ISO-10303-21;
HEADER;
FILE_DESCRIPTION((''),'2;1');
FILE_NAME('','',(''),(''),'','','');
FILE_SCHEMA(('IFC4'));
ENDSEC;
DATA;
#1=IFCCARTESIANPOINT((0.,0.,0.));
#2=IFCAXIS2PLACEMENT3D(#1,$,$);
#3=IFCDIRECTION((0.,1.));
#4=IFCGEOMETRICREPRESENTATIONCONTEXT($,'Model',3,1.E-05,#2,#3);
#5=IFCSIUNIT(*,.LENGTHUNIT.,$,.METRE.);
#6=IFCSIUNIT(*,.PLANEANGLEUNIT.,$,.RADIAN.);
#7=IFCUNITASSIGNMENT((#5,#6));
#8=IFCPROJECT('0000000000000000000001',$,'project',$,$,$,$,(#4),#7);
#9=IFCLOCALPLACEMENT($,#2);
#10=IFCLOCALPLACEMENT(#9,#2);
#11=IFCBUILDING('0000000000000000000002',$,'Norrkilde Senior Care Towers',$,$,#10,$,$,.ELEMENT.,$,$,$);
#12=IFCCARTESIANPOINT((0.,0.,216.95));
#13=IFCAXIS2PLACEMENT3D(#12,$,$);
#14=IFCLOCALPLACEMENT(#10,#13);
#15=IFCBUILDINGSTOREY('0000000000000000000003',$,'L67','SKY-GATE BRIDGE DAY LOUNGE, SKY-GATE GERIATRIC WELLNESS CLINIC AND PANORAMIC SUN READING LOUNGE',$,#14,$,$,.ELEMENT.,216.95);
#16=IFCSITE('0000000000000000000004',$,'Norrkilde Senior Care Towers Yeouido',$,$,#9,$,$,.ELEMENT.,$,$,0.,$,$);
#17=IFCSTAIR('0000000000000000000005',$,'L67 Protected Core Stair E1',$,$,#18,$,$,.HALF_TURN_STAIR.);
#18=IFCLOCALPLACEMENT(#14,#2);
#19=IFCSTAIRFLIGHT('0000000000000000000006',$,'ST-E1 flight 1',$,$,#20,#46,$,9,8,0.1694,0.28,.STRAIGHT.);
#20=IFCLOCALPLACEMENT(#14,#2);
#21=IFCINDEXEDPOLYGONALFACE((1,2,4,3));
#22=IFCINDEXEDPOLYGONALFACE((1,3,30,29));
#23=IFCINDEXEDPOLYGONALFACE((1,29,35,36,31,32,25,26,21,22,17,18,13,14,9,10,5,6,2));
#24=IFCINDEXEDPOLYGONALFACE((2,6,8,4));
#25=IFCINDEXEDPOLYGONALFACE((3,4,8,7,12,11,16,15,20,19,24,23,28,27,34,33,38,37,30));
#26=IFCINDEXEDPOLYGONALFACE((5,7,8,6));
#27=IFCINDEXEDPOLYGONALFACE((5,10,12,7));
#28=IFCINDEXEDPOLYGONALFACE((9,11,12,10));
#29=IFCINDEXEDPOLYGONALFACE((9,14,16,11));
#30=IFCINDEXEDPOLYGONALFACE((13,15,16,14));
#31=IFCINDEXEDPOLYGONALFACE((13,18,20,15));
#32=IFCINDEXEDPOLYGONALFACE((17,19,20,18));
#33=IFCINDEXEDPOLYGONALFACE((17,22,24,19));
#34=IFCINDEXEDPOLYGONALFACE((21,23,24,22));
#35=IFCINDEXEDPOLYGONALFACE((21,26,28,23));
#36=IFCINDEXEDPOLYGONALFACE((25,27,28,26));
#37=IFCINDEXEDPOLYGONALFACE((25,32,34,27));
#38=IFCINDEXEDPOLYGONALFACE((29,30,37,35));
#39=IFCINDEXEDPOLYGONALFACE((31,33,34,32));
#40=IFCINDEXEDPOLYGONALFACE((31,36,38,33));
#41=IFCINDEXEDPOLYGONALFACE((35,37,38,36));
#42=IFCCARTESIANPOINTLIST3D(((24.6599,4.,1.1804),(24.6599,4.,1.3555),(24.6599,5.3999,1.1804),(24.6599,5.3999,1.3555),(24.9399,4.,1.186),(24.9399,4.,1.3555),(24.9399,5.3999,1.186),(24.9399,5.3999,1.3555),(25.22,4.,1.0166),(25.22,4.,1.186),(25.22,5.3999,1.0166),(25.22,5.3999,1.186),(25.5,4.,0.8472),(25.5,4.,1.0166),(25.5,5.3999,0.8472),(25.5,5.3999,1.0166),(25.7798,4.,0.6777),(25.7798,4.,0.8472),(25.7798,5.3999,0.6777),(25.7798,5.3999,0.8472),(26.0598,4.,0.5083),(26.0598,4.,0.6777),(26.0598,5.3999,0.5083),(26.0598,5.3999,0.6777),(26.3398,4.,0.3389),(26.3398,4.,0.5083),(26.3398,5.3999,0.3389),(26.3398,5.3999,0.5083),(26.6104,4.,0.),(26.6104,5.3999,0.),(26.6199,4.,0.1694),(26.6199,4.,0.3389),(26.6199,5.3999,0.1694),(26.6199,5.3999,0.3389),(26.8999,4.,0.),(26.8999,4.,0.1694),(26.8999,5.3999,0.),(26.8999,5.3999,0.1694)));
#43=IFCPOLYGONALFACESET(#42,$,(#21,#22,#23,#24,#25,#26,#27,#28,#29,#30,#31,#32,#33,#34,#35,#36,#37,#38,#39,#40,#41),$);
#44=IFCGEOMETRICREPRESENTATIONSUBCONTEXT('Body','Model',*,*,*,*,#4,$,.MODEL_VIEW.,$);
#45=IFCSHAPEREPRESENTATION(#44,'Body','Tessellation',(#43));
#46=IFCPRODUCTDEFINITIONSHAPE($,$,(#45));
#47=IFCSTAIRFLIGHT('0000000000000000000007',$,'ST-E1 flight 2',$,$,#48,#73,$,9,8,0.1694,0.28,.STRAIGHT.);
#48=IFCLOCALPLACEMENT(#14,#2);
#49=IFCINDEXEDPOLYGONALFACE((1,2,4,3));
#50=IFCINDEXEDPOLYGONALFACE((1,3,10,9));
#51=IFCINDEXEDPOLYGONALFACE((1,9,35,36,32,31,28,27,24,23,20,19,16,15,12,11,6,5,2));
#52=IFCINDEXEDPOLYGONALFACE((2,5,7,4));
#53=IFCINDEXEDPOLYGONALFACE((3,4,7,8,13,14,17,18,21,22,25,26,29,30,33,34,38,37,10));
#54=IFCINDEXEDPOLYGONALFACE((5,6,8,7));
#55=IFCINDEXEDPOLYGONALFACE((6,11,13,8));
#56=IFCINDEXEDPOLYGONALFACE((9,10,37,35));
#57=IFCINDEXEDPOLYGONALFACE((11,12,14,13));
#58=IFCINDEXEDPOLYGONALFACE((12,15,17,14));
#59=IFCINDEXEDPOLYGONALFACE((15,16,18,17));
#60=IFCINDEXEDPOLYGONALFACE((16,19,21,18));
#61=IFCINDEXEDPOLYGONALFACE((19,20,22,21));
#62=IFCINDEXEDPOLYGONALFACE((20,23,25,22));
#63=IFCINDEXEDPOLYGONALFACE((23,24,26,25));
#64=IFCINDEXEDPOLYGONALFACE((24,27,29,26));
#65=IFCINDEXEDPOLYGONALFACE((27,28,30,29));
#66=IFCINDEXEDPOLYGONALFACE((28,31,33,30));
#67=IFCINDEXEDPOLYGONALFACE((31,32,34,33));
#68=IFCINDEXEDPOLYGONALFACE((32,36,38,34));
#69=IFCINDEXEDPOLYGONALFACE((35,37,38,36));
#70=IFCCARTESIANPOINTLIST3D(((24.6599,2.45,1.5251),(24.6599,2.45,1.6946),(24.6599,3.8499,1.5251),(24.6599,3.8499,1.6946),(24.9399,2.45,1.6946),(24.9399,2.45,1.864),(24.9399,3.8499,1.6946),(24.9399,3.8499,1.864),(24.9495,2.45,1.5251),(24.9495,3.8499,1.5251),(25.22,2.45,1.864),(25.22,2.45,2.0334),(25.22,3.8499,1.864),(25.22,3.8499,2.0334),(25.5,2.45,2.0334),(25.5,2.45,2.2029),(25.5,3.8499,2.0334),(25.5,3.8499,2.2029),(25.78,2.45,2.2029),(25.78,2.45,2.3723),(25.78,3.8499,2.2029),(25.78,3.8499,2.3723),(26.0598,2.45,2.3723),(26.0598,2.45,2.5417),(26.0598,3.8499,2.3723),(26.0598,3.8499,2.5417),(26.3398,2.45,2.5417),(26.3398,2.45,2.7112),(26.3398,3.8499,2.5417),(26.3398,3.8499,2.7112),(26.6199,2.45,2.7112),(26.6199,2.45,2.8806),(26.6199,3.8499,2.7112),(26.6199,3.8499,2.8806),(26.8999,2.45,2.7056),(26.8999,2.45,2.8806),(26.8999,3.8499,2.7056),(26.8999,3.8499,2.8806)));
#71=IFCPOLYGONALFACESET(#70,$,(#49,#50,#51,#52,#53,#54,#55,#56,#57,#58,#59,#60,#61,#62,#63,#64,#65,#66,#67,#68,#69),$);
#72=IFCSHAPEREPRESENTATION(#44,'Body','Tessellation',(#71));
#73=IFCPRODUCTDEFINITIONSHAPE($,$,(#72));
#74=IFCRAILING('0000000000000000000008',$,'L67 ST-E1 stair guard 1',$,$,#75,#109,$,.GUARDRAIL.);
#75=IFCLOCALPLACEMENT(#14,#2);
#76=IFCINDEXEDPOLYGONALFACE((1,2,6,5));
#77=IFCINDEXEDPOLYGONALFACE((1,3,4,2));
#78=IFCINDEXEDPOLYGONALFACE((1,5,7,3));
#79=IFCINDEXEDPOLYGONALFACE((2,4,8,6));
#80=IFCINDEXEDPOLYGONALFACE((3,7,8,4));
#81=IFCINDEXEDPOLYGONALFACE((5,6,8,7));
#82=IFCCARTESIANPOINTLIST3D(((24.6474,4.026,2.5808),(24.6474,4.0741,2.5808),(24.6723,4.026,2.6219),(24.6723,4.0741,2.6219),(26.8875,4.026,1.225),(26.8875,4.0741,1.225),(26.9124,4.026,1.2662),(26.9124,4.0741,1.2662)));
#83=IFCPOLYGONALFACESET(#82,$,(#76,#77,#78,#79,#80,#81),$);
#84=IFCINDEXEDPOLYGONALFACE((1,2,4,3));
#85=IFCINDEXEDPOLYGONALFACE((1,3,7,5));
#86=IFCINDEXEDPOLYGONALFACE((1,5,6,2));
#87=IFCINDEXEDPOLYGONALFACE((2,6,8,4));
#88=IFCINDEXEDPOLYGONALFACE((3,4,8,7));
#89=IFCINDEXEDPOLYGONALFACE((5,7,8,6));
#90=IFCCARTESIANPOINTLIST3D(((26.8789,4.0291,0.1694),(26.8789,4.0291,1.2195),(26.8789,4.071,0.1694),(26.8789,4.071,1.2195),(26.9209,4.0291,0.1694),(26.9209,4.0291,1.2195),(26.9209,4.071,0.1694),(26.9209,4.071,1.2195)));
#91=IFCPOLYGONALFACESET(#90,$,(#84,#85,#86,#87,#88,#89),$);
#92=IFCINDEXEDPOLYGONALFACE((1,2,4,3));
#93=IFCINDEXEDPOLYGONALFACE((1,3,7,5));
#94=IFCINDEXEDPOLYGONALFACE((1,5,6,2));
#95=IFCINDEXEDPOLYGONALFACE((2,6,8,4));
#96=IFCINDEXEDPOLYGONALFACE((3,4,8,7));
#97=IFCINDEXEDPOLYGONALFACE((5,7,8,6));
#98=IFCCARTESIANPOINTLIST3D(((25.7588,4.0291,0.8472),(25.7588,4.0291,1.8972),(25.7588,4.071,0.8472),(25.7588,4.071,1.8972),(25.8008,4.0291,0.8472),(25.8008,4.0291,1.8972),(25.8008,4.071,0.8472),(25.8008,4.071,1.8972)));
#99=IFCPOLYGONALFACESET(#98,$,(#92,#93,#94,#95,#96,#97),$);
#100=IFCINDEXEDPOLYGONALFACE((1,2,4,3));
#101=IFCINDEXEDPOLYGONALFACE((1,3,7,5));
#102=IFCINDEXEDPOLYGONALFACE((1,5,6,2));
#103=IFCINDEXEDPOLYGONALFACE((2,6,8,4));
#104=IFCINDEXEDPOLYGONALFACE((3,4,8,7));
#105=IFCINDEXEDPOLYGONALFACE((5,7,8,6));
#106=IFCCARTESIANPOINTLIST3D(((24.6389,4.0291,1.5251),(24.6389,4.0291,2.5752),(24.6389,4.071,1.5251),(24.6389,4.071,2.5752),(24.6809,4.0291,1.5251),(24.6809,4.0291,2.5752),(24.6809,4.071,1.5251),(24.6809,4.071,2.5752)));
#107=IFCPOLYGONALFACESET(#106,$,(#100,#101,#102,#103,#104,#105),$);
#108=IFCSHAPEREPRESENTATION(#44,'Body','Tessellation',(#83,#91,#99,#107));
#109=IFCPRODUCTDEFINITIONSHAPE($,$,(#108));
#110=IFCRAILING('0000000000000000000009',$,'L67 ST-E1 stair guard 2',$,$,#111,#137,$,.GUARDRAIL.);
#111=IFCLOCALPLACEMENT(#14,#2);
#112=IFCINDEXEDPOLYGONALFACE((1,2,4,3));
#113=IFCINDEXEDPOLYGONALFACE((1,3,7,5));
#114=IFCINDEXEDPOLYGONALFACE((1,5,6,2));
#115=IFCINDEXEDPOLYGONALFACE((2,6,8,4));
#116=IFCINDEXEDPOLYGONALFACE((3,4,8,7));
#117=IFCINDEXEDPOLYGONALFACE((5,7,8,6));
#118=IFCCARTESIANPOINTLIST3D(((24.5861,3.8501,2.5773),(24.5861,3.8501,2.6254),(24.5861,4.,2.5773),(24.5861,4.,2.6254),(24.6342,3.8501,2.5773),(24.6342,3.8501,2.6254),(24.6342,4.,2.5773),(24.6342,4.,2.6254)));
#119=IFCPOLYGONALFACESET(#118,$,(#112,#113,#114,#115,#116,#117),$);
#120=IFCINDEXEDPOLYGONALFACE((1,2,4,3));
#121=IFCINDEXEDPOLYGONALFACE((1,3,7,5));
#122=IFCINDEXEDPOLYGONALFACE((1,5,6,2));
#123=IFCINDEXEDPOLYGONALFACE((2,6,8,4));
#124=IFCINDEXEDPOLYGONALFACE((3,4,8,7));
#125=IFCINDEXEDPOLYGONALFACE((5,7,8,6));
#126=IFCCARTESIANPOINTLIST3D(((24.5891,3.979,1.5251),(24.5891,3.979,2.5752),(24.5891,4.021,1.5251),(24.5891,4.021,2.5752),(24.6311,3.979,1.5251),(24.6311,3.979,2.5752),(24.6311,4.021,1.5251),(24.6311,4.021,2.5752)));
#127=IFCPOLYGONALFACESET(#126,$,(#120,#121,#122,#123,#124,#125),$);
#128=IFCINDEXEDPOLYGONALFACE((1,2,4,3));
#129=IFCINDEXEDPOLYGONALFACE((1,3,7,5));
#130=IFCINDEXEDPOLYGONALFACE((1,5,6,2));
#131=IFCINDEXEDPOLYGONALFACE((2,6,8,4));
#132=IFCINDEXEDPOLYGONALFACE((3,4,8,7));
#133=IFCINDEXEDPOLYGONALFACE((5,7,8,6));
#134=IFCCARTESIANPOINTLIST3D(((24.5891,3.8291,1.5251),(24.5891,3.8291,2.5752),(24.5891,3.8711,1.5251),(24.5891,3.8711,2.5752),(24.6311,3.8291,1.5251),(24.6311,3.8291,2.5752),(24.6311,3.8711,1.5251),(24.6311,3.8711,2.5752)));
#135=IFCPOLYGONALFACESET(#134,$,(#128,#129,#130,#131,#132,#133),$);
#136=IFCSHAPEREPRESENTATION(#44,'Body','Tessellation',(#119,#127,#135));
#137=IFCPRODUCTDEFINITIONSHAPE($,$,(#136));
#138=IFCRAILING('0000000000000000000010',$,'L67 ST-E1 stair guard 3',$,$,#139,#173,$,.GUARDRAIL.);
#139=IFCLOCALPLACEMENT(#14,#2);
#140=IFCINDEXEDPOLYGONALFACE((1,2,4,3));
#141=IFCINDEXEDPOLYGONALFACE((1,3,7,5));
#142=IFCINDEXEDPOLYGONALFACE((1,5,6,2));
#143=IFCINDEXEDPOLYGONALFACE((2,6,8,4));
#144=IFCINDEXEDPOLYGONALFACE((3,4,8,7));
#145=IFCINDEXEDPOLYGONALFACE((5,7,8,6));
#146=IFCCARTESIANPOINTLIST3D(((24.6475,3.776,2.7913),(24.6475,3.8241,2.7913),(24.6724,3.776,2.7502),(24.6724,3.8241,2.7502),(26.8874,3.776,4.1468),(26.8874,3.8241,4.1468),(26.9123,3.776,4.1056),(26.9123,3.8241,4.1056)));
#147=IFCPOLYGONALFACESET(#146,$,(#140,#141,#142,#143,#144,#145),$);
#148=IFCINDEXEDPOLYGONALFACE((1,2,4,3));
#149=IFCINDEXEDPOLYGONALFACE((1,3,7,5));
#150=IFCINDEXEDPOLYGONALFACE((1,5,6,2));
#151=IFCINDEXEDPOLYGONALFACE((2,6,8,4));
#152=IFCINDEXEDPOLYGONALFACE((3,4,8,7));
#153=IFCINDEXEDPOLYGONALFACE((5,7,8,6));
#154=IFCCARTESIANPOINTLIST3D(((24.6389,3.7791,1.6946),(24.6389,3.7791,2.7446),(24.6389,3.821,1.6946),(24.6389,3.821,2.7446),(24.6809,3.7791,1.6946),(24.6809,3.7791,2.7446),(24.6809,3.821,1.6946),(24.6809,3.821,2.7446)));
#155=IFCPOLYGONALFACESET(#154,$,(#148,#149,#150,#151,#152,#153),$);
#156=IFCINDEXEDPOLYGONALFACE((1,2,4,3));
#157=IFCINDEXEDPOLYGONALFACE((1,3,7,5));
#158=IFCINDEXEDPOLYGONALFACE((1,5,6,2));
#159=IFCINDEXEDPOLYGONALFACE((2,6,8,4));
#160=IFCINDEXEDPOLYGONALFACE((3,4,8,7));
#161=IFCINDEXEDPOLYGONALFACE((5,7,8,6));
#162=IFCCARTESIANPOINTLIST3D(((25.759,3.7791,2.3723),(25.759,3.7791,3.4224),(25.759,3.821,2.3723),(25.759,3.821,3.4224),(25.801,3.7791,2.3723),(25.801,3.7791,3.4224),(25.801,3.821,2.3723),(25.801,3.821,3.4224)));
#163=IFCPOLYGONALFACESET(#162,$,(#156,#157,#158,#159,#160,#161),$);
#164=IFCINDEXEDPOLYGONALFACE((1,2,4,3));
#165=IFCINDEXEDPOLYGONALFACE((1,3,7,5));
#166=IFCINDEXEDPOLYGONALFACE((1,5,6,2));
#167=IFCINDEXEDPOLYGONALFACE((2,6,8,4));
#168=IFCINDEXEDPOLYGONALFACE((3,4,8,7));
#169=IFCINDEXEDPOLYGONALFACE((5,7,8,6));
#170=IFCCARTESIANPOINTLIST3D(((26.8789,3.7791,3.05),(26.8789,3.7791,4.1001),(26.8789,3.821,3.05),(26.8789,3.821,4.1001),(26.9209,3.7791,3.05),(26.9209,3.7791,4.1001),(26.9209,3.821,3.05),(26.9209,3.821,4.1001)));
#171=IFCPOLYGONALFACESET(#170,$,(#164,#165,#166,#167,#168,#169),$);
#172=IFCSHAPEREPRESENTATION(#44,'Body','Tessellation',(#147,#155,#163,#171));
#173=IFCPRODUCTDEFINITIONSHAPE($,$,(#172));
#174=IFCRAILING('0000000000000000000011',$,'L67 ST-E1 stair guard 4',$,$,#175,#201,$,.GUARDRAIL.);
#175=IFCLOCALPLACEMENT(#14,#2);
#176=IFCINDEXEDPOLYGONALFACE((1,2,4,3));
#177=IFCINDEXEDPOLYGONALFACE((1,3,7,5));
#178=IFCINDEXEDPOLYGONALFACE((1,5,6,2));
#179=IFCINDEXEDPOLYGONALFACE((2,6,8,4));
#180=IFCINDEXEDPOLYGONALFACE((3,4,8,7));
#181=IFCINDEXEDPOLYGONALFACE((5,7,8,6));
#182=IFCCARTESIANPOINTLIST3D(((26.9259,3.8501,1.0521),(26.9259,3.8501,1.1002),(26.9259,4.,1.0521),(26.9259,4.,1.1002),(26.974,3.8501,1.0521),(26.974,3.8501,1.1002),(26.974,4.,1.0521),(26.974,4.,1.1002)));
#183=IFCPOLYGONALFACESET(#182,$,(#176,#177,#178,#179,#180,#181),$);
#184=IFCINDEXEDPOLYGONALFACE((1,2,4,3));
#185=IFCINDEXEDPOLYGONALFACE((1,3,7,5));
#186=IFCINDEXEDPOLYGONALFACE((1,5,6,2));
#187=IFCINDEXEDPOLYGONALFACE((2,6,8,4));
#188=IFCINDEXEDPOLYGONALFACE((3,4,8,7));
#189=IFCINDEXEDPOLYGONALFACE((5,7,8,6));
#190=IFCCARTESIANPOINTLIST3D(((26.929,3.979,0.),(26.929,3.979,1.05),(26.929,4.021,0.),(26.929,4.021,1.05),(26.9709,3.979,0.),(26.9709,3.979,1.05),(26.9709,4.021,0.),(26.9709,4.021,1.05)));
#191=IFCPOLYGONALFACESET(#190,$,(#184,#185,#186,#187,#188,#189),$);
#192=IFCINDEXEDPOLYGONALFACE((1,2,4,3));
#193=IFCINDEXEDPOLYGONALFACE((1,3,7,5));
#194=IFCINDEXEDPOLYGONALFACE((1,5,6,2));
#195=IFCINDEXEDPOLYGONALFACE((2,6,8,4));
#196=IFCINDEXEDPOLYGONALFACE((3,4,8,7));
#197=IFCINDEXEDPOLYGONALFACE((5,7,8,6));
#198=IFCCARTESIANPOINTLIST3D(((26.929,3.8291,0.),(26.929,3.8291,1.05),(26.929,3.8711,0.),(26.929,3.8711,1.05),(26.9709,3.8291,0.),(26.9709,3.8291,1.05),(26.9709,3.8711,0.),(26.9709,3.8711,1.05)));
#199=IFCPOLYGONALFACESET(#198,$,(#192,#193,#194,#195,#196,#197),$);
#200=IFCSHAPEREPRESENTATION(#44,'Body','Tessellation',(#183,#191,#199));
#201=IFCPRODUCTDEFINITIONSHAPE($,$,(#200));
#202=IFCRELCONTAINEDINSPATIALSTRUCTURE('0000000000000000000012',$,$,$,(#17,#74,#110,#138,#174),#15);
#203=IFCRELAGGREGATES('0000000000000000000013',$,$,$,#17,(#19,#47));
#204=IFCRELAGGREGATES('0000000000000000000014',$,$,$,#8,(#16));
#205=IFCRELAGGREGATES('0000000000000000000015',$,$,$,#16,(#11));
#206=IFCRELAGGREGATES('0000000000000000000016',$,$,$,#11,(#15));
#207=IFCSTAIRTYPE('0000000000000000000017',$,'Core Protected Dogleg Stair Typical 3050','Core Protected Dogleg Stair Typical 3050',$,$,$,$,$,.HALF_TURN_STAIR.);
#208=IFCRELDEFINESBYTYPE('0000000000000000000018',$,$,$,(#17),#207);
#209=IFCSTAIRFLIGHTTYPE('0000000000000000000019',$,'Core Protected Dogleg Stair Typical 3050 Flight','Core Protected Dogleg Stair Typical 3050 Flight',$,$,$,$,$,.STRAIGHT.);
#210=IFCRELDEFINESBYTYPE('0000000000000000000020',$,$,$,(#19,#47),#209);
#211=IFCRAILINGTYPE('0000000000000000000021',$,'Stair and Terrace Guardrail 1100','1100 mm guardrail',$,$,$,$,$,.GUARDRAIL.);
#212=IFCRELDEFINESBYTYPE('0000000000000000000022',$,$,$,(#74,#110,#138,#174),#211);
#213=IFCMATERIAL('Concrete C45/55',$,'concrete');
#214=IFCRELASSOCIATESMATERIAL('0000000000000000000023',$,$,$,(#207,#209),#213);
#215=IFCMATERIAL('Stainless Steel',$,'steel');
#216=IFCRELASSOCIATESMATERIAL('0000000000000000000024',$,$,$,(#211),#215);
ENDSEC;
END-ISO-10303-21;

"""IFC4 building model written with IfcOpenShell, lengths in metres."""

from ifc_helpers import new_model, si_unit, direction, frame, origin, origin_2d, place, context, subcontext, project, spatial, polyline, rectangle, outline, extrude, material, type_object, element, aggregate, save


model = new_model("IFC4")

# Units and contexts
model_context = context("Model", 3, precision=1e-05, world=origin(), true_north=direction((0.0, 1.0)))
body_context = subcontext(model_context, "Body", "Model", "MODEL_VIEW")
ifc_project = project(units=[si_unit("LENGTHUNIT", "METRE"), si_unit("PLANEANGLEUNIT", "RADIAN")], contexts=[model_context])

# Site, building, storey
site_placement = place(None, origin())
site = spatial("IfcSite", under=ifc_project, at=site_placement, Name="Norrkilde Senior Care Towers Yeouido", CompositionType="ELEMENT", RefElevation=0.0)
building_placement = place(site_placement, origin())
building = spatial("IfcBuilding", under=site, at=building_placement, Name="Norrkilde Senior Care Towers", CompositionType="ELEMENT")
storey_placement = place(building_placement, frame((0.0, 0.0, 216.95)))
storey = spatial("IfcBuildingStorey", under=building, at=storey_placement, Name="L67", Description="SKY-GATE BRIDGE DAY LOUNGE, SKY-GATE GERIATRIC WELLNESS CLINIC AND PANORAMIC SUN READING LOUNGE", CompositionType="ELEMENT", Elevation=216.95)

# Shared definitions
ifc_material_1 = material(Name="Concrete C45/55", Category="concrete")

# Shared definitions
ifc_material_2 = material(Name="Stainless Steel", Category="steel")

# Stair, stair flights
stair_type = type_object("IfcStairType", Name="Core Protected Dogleg Stair Typical 3050", Description="Core Protected Dogleg Stair Typical 3050", PredefinedType="HALF_TURN_STAIR", material=ifc_material_1)
stair_placement = place(storey_placement, origin())
stair = element("IfcStair", 1, at=stair_placement, inside=storey, type_object=stair_type, Name="L67 Protected Core Stair E1", PredefinedType="HALF_TURN_STAIR")
stair_flight_type = type_object("IfcStairFlightType", Name="Core Protected Dogleg Stair Typical 3050 Flight", Description="Core Protected Dogleg Stair Typical 3050 Flight", PredefinedType="STRAIGHT", material=ifc_material_1)
stair_flight_1_placement = place(storey_placement, frame((26.8999, 4.7, 0.0), z_axis=(0.0, 0.0, 1.0), x_axis=(-1.0, 0.0, 0.0)))
stair_flight_1 = element("IfcStairFlight", 2, at=stair_flight_1_placement, type_object=stair_flight_type, Name="ST-E1 flight 1", NumberOfRisers=9, NumberOfTreads=8, PredefinedType="STRAIGHT", RiserHeight=0.1694, TreadLength=0.28, context=body_context, shape_type="SweptSolid", body=[
    extrude(outline(polyline([(0.0, 0.0), (0.0, 0.1694), (0.28, 0.1694), (0.28, 0.3389), (0.5601, 0.3389), (0.5601, 0.5083), (0.8401, 0.5083), (0.8401, 0.6777), (1.1201, 0.6777), (1.1201, 0.8472), (1.3999, 0.8472), (1.3999, 1.0166), (1.6799, 1.0166), (1.6799, 1.186), (1.96, 1.186), (1.96, 1.3555), (2.24, 1.3555), (2.24, 1.5249), (2.24, 1.1804), (0.2896, 0.0), (0.0, 0.0)])), frame((0.0, 0.7, 0.0), z_axis=(0.0, -1.0, 0.0), x_axis=(1.0, 0.0, 0.0)), (0.0, 0.0, 1.0), 1.3999),
])
stair_flight_2_placement = place(storey_placement, frame((24.6599, 3.1499, 1.5251), z_axis=(0.0, 0.0, 1.0), x_axis=(1.0, 0.0, 0.0)))
stair_flight_2 = element("IfcStairFlight", 3, at=stair_flight_2_placement, type_object=stair_flight_type, Name="ST-E1 flight 2", NumberOfRisers=9, NumberOfTreads=8, PredefinedType="STRAIGHT", RiserHeight=0.1694, TreadLength=0.28, context=body_context, shape_type="SweptSolid", body=[
    extrude(outline(polyline([(0.0, 0.0), (0.0, 0.1694), (0.28, 0.1694), (0.28, 0.3389), (0.5601, 0.3389), (0.5601, 0.5083), (0.8401, 0.5083), (0.8401, 0.6777), (1.1201, 0.6777), (1.1201, 0.8472), (1.3999, 0.8472), (1.3999, 1.0166), (1.6799, 1.0166), (1.6799, 1.186), (1.96, 1.186), (1.96, 1.3555), (2.24, 1.3555), (2.24, 1.5249), (2.24, 1.1804), (0.2896, 0.0), (0.0, 0.0)])), frame((0.0, 0.7, 0.0), z_axis=(0.0, -1.0, 0.0), x_axis=(1.0, 0.0, 0.0)), (0.0, 0.0, 1.0), 1.3999),
])
aggregate(stair, [stair_flight_1, stair_flight_2])

# Railings
railing_type_1 = type_object("IfcRailingType", Name="Stair and Terrace Guardrail 1100", Description="1100 mm guardrail", PredefinedType="GUARDRAIL", material=ifc_material_2)
railing_1_placement = place(storey_placement, frame((26.8999, 4.05, 0.1694)))
element("IfcRailing", 4, at=railing_1_placement, inside=storey, type_object=railing_type_1, Name="L67 ST-E1 stair guard 1", PredefinedType="GUARDRAIL", context=body_context, shape_type="SweptSolid", body=[
    extrude(rectangle(XDim=0.0481, YDim=0.0481, at=origin_2d()), frame((0.0, 0.0, 1.0762), z_axis=(-0.855512, 0.0, 0.517783), x_axis=(0.0, -1.0, 0.0)), (0.0, 0.0, 1.0), 2.6184),
    extrude(rectangle(XDim=0.042, YDim=0.042, at=origin_2d()), origin(), (0.0, 0.0, 1.0), 1.05),
    extrude(rectangle(XDim=0.042, YDim=0.042, at=origin_2d()), frame((-1.1201, 0.0, 0.6777)), (0.0, 0.0, 1.0), 1.05),
    extrude(rectangle(XDim=0.042, YDim=0.042, at=origin_2d()), frame((-2.24, 0.0, 1.3557)), (0.0, 0.0, 1.0), 1.05),
])
railing_2_placement = place(storey_placement, frame((24.6101, 4.0, 1.5251)))
element("IfcRailing", 5, at=railing_2_placement, inside=storey, type_object=railing_type_1, Name="L67 ST-E1 stair guard 2", PredefinedType="GUARDRAIL", context=body_context, shape_type="SweptSolid", body=[
    extrude(rectangle(XDim=0.0481, YDim=0.0481, at=origin_2d()), frame((0.0, 0.0, 1.0762), z_axis=(0.0, -1.0, 0.0), x_axis=(1.0, 0.0, 0.0)), (0.0, 0.0, 1.0), 0.1499),
    extrude(rectangle(XDim=0.042, YDim=0.042, at=origin_2d()), origin(), (0.0, 0.0, 1.0), 1.05),
    extrude(rectangle(XDim=0.042, YDim=0.042, at=origin_2d()), frame((0.0, -0.1499, 0.0)), (0.0, 0.0, 1.0), 1.05),
])
railing_3_placement = place(storey_placement, frame((24.6599, 3.8, 1.6946)))
element("IfcRailing", 6, at=railing_3_placement, inside=storey, type_object=railing_type_1, Name="L67 ST-E1 stair guard 3", PredefinedType="GUARDRAIL", context=body_context, shape_type="SweptSolid", body=[
    extrude(rectangle(XDim=0.0481, YDim=0.0481, at=origin_2d()), frame((0.0, 0.0, 1.0762), z_axis=(0.855553, 0.0, 0.517715), x_axis=(0.0, 1.0, 0.0)), (0.0, 0.0, 1.0), 2.6182),
    extrude(rectangle(XDim=0.042, YDim=0.042, at=origin_2d()), origin(), (0.0, 0.0, 1.0), 1.05),
    extrude(rectangle(XDim=0.042, YDim=0.042, at=origin_2d()), frame((1.1201, 0.0, 0.6777)), (0.0, 0.0, 1.0), 1.05),
    extrude(rectangle(XDim=0.042, YDim=0.042, at=origin_2d()), frame((2.24, 0.0, 1.3555)), (0.0, 0.0, 1.0), 1.05),
])
railing_4_placement = place(storey_placement, frame((26.95, 4.0, 0.0)))
element("IfcRailing", 7, at=railing_4_placement, inside=storey, type_object=railing_type_1, Name="L67 ST-E1 stair guard 4", PredefinedType="GUARDRAIL", context=body_context, shape_type="SweptSolid", body=[
    extrude(rectangle(XDim=0.0481, YDim=0.0481, at=origin_2d()), frame((0.0, 0.0, 1.0762), z_axis=(0.0, -1.0, 0.0), x_axis=(1.0, 0.0, 0.0)), (0.0, 0.0, 1.0), 0.1499),
    extrude(rectangle(XDim=0.042, YDim=0.042, at=origin_2d()), origin(), (0.0, 0.0, 1.0), 1.05),
    extrude(rectangle(XDim=0.042, YDim=0.042, at=origin_2d()), frame((0.0, -0.1499, 0.0)), (0.0, 0.0, 1.0), 1.05),
])

save(model, "model.ifc")
